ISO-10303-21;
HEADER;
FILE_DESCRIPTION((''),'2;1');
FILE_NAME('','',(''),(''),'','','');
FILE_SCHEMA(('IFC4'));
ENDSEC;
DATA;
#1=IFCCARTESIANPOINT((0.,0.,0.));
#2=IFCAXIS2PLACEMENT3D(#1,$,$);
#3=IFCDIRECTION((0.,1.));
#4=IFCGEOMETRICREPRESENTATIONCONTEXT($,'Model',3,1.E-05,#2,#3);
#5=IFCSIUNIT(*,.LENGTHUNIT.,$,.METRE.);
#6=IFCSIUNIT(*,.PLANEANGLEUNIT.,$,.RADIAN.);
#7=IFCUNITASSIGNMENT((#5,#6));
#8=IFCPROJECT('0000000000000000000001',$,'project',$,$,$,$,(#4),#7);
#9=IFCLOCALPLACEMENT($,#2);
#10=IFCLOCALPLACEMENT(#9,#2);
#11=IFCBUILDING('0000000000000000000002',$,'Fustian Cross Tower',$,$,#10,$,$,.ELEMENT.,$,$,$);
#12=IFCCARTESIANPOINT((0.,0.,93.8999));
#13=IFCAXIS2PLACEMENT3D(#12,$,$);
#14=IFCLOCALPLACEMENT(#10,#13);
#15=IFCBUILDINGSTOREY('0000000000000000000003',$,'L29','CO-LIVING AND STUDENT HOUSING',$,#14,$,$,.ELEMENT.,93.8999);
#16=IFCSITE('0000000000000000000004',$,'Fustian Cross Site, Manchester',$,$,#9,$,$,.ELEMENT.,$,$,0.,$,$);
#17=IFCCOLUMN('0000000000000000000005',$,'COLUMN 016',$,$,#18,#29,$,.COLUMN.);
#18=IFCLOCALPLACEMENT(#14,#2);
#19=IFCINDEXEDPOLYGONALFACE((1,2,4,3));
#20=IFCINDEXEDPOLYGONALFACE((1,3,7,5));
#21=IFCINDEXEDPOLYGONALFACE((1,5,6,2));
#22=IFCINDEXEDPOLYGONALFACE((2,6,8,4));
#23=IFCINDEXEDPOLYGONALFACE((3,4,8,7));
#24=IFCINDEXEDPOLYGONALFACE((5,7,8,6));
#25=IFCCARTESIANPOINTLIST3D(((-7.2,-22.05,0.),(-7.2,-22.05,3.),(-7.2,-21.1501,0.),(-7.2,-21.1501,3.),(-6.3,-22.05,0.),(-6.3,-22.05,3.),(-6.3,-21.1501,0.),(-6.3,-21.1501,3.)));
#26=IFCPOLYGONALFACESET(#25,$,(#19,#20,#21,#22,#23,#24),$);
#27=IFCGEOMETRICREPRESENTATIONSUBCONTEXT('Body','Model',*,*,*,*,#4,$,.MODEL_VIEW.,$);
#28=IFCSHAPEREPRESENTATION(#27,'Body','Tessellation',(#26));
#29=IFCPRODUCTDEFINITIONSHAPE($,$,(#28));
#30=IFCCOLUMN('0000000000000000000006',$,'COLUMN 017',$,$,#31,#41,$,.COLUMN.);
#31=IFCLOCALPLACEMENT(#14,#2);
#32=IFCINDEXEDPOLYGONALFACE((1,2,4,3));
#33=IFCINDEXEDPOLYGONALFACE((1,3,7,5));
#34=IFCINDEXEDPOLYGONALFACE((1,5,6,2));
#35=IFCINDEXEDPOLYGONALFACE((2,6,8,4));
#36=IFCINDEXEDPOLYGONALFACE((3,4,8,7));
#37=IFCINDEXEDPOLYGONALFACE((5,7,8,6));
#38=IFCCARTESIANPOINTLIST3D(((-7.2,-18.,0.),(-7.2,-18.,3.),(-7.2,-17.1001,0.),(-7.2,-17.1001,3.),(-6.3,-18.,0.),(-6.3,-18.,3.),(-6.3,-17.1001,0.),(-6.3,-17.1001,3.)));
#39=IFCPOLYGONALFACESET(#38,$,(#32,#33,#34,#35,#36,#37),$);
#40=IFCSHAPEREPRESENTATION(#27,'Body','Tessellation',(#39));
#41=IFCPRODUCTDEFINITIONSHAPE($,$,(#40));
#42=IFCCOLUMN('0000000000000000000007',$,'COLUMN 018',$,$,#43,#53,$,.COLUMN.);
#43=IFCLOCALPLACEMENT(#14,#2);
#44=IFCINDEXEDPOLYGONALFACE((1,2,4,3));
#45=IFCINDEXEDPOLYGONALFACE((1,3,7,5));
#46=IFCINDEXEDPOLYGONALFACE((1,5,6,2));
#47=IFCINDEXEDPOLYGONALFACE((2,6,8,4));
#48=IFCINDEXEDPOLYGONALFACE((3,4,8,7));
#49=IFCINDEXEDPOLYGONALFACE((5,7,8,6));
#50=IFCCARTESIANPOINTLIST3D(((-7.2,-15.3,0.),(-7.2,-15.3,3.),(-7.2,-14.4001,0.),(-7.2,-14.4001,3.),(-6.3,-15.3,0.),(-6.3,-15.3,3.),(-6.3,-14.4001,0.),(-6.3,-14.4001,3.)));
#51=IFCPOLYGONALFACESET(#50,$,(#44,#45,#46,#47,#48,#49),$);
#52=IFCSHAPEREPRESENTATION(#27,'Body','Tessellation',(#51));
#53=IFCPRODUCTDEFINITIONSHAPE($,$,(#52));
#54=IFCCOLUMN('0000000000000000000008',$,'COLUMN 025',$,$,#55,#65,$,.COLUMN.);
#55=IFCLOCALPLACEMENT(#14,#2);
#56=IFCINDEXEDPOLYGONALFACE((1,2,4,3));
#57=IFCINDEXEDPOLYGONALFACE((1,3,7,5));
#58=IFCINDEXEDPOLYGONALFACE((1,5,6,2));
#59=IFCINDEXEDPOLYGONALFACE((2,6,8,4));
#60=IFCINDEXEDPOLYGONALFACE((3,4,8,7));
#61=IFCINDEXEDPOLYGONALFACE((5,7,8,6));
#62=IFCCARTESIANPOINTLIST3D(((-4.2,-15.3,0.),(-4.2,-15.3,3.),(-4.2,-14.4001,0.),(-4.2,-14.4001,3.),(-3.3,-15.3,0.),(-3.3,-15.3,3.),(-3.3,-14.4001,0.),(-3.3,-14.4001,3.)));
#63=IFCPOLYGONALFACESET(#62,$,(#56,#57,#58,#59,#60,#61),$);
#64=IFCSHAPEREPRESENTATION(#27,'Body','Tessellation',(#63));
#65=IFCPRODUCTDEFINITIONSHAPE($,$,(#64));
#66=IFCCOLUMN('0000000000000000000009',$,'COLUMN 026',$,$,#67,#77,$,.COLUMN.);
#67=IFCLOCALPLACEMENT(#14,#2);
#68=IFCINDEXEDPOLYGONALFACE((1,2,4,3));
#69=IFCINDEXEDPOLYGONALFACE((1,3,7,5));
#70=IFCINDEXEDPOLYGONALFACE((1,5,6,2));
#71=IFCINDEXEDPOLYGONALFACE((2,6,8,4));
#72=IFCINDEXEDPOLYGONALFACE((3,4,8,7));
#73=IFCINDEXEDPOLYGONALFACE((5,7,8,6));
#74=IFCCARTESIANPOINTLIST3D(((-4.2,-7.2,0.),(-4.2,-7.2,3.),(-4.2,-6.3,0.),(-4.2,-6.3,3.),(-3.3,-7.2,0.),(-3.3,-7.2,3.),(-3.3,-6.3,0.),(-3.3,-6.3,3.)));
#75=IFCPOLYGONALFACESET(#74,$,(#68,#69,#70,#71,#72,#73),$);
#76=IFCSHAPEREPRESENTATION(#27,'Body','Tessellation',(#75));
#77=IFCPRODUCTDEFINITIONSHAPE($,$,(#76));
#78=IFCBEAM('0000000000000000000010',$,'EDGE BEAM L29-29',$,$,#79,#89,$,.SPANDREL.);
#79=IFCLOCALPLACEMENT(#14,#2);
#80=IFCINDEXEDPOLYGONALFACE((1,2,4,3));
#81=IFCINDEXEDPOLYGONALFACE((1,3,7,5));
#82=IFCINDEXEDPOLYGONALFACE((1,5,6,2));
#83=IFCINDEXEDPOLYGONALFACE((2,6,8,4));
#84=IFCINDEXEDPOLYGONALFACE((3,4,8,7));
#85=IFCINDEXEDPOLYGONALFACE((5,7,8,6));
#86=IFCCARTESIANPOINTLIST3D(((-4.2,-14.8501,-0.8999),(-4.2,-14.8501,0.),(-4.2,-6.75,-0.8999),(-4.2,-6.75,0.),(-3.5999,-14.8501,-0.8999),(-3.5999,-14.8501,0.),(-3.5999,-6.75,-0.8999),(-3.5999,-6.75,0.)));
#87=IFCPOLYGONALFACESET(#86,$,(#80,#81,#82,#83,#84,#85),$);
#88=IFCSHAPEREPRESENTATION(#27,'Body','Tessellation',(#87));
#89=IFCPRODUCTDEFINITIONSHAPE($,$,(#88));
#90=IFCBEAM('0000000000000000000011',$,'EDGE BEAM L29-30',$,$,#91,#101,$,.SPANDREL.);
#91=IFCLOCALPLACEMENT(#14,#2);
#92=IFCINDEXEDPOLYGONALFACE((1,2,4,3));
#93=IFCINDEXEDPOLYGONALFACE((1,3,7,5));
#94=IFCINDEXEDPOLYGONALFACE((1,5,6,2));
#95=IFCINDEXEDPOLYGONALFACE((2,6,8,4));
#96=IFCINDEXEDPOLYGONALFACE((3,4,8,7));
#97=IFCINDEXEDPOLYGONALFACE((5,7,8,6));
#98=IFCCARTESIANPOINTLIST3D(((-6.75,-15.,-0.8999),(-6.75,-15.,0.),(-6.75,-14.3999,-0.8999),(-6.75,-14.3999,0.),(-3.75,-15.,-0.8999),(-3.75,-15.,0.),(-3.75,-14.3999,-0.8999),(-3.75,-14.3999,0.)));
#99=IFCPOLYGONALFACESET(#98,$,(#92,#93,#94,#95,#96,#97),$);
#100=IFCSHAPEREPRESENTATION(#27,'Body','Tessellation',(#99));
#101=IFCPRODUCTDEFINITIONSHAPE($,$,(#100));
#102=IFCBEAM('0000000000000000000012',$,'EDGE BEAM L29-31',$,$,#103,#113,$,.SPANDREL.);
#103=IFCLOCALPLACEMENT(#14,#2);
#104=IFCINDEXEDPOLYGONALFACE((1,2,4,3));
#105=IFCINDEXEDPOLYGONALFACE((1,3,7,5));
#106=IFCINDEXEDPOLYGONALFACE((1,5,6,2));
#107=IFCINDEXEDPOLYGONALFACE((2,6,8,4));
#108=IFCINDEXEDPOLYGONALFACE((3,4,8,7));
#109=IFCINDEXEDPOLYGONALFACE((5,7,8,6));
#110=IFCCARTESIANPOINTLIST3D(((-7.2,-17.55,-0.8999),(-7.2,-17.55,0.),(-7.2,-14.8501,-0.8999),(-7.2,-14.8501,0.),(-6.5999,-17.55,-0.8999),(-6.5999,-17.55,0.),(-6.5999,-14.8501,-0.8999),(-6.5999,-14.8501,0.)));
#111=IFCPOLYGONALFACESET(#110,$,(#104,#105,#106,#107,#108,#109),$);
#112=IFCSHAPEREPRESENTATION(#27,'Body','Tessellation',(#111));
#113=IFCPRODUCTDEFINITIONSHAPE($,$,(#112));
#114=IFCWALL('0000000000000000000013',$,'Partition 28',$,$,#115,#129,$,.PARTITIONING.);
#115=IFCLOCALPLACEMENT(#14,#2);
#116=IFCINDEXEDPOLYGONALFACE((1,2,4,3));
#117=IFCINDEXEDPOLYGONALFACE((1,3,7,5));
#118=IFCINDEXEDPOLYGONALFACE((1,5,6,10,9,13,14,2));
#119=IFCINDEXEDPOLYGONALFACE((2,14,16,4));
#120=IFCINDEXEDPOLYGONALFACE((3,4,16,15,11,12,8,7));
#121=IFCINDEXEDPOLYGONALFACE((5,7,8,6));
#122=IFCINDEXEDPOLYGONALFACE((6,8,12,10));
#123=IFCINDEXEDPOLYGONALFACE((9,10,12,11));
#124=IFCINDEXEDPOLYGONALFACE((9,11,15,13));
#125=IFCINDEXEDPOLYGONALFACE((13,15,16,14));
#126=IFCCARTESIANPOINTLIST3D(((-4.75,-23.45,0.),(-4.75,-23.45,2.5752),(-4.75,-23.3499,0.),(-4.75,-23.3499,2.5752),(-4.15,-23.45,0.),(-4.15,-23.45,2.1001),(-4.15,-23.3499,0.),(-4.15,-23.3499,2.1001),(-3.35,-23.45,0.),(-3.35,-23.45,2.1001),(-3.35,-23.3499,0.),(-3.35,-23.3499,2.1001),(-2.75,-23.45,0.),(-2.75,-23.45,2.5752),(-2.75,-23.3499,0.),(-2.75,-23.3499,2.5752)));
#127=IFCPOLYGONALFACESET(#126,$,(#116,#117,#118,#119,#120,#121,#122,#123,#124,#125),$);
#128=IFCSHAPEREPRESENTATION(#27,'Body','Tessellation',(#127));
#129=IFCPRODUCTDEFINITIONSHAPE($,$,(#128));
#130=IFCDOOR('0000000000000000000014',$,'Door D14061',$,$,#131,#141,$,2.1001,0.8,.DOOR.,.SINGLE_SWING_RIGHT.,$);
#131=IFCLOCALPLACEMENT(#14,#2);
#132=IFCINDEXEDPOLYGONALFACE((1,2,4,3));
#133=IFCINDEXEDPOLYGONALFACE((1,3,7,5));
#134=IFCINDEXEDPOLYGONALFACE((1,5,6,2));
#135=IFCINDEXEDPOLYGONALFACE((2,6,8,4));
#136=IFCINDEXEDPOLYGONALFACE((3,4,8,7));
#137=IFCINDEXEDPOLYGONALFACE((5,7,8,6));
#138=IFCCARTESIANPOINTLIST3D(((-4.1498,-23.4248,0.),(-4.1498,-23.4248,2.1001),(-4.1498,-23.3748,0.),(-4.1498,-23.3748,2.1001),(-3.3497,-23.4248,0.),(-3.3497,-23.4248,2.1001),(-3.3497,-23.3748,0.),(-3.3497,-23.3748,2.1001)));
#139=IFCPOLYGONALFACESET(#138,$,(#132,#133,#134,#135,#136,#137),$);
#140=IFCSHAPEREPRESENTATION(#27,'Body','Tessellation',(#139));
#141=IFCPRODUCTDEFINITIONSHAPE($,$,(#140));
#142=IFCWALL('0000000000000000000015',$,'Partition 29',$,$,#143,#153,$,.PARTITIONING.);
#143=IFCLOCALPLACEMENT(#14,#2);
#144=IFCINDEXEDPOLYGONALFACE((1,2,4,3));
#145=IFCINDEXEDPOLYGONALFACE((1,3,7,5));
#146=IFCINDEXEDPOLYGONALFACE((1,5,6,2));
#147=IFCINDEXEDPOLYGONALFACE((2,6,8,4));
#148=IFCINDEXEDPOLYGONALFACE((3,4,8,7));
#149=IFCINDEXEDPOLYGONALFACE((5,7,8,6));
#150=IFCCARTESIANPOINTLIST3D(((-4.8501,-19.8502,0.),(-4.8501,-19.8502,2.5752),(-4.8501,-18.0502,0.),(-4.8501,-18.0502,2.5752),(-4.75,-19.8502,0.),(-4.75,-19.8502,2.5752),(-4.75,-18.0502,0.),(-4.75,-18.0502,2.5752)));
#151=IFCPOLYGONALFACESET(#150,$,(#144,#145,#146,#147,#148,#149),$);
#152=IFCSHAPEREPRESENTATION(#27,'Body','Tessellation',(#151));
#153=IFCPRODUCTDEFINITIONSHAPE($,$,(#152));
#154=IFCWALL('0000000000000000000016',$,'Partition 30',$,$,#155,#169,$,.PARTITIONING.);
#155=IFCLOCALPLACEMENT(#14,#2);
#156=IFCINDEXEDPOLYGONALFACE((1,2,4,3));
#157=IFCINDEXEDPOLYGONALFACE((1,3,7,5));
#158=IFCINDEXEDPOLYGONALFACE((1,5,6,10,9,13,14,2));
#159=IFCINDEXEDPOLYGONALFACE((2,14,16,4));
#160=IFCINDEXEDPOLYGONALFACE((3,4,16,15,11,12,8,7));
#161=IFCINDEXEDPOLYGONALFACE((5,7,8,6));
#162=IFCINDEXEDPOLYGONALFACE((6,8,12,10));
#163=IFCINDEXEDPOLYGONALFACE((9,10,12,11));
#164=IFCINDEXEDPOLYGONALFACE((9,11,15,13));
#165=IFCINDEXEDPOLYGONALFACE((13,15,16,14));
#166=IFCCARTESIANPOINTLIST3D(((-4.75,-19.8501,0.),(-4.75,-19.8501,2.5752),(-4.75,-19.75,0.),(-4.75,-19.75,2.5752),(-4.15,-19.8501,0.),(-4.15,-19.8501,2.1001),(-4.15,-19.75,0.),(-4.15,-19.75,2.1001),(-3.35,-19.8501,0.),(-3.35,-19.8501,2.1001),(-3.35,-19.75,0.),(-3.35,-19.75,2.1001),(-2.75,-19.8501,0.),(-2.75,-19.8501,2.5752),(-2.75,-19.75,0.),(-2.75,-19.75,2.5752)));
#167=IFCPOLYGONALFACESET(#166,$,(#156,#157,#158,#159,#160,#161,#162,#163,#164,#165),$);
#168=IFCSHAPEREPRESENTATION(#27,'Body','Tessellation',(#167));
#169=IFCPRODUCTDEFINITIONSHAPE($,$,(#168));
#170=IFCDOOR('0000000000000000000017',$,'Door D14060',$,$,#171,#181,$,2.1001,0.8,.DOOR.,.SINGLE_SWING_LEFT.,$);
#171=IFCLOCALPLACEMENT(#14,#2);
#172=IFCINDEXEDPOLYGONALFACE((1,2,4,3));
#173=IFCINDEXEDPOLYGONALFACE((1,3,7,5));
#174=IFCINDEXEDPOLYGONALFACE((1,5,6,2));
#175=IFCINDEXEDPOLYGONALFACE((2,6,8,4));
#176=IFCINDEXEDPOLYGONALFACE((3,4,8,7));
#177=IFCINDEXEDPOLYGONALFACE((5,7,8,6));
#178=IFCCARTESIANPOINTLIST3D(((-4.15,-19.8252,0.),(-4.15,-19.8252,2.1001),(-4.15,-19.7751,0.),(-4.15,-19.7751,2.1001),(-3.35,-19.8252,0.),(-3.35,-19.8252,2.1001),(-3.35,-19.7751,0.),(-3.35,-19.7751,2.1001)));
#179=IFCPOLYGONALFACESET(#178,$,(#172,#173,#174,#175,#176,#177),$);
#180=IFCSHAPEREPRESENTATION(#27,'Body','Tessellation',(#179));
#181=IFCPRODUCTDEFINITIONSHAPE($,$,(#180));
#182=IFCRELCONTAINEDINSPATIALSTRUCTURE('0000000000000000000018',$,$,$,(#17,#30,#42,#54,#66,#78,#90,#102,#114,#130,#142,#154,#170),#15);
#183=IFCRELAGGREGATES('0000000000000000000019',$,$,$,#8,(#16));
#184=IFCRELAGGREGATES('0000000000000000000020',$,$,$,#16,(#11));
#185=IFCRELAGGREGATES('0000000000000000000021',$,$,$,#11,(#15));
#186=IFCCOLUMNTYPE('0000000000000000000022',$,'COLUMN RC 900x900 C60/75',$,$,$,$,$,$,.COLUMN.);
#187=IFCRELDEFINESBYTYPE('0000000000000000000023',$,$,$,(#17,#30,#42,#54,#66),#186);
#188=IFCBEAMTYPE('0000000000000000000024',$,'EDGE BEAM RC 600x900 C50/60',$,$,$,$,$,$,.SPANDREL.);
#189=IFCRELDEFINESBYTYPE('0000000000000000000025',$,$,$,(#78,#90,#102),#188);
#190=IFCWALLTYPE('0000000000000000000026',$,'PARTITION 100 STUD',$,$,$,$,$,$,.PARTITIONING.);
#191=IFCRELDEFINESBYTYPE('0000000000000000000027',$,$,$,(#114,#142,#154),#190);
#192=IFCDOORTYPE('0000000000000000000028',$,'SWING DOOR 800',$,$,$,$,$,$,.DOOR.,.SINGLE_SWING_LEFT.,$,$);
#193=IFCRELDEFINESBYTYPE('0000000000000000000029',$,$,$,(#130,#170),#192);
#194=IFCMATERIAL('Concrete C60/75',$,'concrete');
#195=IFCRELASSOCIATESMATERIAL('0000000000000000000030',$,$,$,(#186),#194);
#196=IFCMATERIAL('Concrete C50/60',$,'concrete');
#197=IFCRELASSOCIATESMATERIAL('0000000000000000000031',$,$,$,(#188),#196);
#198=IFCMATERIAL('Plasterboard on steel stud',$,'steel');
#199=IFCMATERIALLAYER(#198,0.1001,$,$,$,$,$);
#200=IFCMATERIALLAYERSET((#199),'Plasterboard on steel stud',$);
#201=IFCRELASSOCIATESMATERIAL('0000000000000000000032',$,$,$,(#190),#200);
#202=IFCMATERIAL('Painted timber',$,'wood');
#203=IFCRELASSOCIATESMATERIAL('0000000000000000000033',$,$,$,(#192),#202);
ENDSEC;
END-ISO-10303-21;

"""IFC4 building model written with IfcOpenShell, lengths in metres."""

from ifc_helpers import new_model, si_unit, direction, frame, frame_2d, origin, origin_2d, place, context, subcontext, project, spatial, rectangle, extrude, material, layer, layer_set, material_profile, profile_set, type_object, element, fill, save


model = new_model("IFC4")

# Units and contexts
model_context = context("Model", 3, precision=1e-05, world=origin(), true_north=direction((0.0, 1.0)))
body_context = subcontext(model_context, "Body", "Model", "MODEL_VIEW")
ifc_project = project(units=[si_unit("LENGTHUNIT", "METRE"), si_unit("PLANEANGLEUNIT", "RADIAN")], contexts=[model_context])

# Site, building, storey
site_placement = place(None, origin())
site = spatial("IfcSite", under=ifc_project, at=site_placement, Name="Fustian Cross Site, Manchester", CompositionType="ELEMENT", RefElevation=0.0)
building_placement = place(site_placement, origin())
building = spatial("IfcBuilding", under=site, at=building_placement, Name="Fustian Cross Tower", CompositionType="ELEMENT")
storey_placement = place(building_placement, frame((0.0, 0.0, 93.8999)))
storey = spatial("IfcBuildingStorey", under=building, at=storey_placement, Name="L29", Description="CO-LIVING AND STUDENT HOUSING", CompositionType="ELEMENT", Elevation=93.8999)

# Columns
ifc_material_1 = material(Name="Concrete C60/75", Category="concrete")
ifc_material_profile_1 = material_profile(ifc_material_1, rectangle(XDim=0.8999, YDim=0.8999, at=origin_2d()), Name="RC 900x900")
ifc_profile_set_1 = profile_set([ifc_material_profile_1], Name="Concrete C60/75")
column_type = type_object("IfcColumnType", Name="COLUMN RC 900x900 C60/75", PredefinedType="COLUMN", material=ifc_profile_set_1)
for number, where, z_axis, x_axis, name in (
    (1, (-6.75, -21.6001, 0.0), (0.0, 0.0, 1.0), (1.0, 0.0, 0.0), "COLUMN 016"),
    (2, (-6.75, -17.55, 0.0), (0.0, 0.0, 1.0), (1.0, 0.0, 0.0), "COLUMN 017"),
    (3, (-6.75, -14.8501, 0.0), (0.0, 0.0, 1.0), (1.0, 0.0, 0.0), "COLUMN 018"),
    (4, (-3.75, -14.8501, 0.0), (0.0, 0.0, 1.0), (1.0, 0.0, 0.0), "COLUMN 025"),
    (5, (-3.75, -6.75, 0.0), (0.0, 0.0, 1.0), (1.0, 0.0, 0.0), "COLUMN 026"),
):
    element("IfcColumn", number, at=place(storey_placement, frame(where, z_axis=z_axis, x_axis=x_axis)), inside=storey, type_object=column_type, Name=name, PredefinedType="COLUMN", context=body_context, shape_type="SweptSolid", body=[
        extrude(rectangle(XDim=0.8999, YDim=0.8999, at=origin_2d()), origin(), (0.0, 0.0, 1.0), 3.0),
    ])

# Beams
ifc_material_2 = material(Name="Concrete C50/60", Category="concrete")
ifc_material_profile_2 = material_profile(ifc_material_2, rectangle(XDim=0.6001, YDim=0.8999, at=origin_2d()), Name="RC 600x900")
ifc_profile_set_2 = profile_set([ifc_material_profile_2], Name="Concrete C50/60")
beam_type = type_object("IfcBeamType", Name="EDGE BEAM RC 600x900 C50/60", PredefinedType="SPANDREL", material=ifc_profile_set_2)
beam_1_placement = place(storey_placement, frame((-3.8999, -6.75, -0.45), z_axis=(0.0, -1.0, 0.0), x_axis=(1.0, 0.0, 0.0)))
element("IfcBeam", 6, at=beam_1_placement, inside=storey, type_object=beam_type, Name="EDGE BEAM L29-29", PredefinedType="SPANDREL", context=body_context, shape_type="SweptSolid", body=[
    extrude(rectangle(XDim=0.6001, YDim=0.8999, at=origin_2d()), origin(), (0.0, 0.0, 1.0), 8.1001),
])
beam_2_placement = place(storey_placement, frame((-3.75, -14.7, -0.45), z_axis=(-1.0, 0.0, 0.0), x_axis=(0.0, -1.0, 0.0)))
element("IfcBeam", 7, at=beam_2_placement, inside=storey, type_object=beam_type, Name="EDGE BEAM L29-30", PredefinedType="SPANDREL", context=body_context, shape_type="SweptSolid", body=[
    extrude(rectangle(XDim=0.6001, YDim=0.8999, at=origin_2d()), origin(), (0.0, 0.0, 1.0), 3.0),
])
beam_3_placement = place(storey_placement, frame((-6.8999, -14.8501, -0.45), z_axis=(0.0, -1.0, 0.0), x_axis=(1.0, 0.0, 0.0)))
element("IfcBeam", 8, at=beam_3_placement, inside=storey, type_object=beam_type, Name="EDGE BEAM L29-31", PredefinedType="SPANDREL", context=body_context, shape_type="SweptSolid", body=[
    extrude(rectangle(XDim=0.6001, YDim=0.8999, at=origin_2d()), origin(), (0.0, 0.0, 1.0), 2.7),
])

# Wall, opening, door
ifc_material_3 = material(Name="Plasterboard on steel stud", Category="steel")
ifc_layer_1 = layer(ifc_material_3, 0.1001)
ifc_layer_set_1 = layer_set([ifc_layer_1], Name="Plasterboard on steel stud")
wall_type_1 = type_object("IfcWallType", Name="PARTITION 100 STUD", PredefinedType="PARTITIONING", material=ifc_layer_set_1)
wall_1_placement = place(storey_placement, frame((-4.75, -23.3999, 0.0), z_axis=(0.0, 0.0, 1.0), x_axis=(1.0, 0.0, 0.0)))
wall_1 = element("IfcWall", 9, at=wall_1_placement, inside=storey, type_object=wall_type_1, Name="Partition 28", PredefinedType="PARTITIONING", context=body_context, shape_type="SweptSolid", body=[
    extrude(rectangle(XDim=2.0, YDim=0.1001, at=frame_2d((1.0, 0.0))), origin(), (0.0, 0.0, 1.0), 2.5752),
])
opening_1_placement = place(wall_1_placement, frame((0.6001, 0.0, 0.0)))
opening_1 = element("IfcOpeningElement", 10, at=opening_1_placement, cuts=wall_1, PredefinedType="OPENING", context=body_context, shape_type="SweptSolid", body=[
    extrude(rectangle(XDim=0.8, YDim=2.1001, at=frame_2d((0.3999, 1.05))), frame((0.0, 0.0601, 0.0), z_axis=(0.0, -1.0, 0.0), x_axis=(1.0, 0.0, 0.0)), (0.0, 0.0, 1.0), 0.1201),
])
ifc_material_4 = material(Name="Painted timber", Category="wood")
door_type_1 = type_object("IfcDoorType", Name="SWING DOOR 800", OperationType="SINGLE_SWING_LEFT", PredefinedType="DOOR", material=ifc_material_4)
door_1_placement = place(opening_1_placement, frame((0.8, 0.0, 0.0), z_axis=(0.0, 0.0, 1.0), x_axis=(-1.0, 0.0, 0.0)))
door_1 = element("IfcDoor", 11, at=door_1_placement, inside=storey, type_object=door_type_1, Name="Door D14061", OperationType="SINGLE_SWING_RIGHT", OverallHeight=2.1001, OverallWidth=0.8, PredefinedType="DOOR", context=body_context, shape_type="SweptSolid", body=[
    extrude(rectangle(XDim=0.8, YDim=2.1001, at=frame_2d((0.3999, 1.05))), frame((0.0, 0.0249, 0.0), z_axis=(0.0, -1.0, 0.0), x_axis=(1.0, 0.0, 0.0)), (0.0, 0.0, 1.0), 0.05),
])
fill(opening_1, door_1)

# Wall
wall_2_placement = place(storey_placement, frame((-4.8, -19.8501, 0.0), z_axis=(0.0, 0.0, 1.0), x_axis=(0.0, 1.0, 0.0)))
element("IfcWall", 12, at=wall_2_placement, inside=storey, type_object=wall_type_1, Name="Partition 29", PredefinedType="PARTITIONING", context=body_context, shape_type="SweptSolid", body=[
    extrude(rectangle(XDim=1.8, YDim=0.1001, at=frame_2d((0.8999, 0.0))), origin(), (0.0, 0.0, 1.0), 2.5752),
])

# Wall, opening, door
wall_3_placement = place(storey_placement, frame((-4.75, -19.8, 0.0), z_axis=(0.0, 0.0, 1.0), x_axis=(1.0, 0.0, 0.0)))
wall_3 = element("IfcWall", 13, at=wall_3_placement, inside=storey, type_object=wall_type_1, Name="Partition 30", PredefinedType="PARTITIONING", context=body_context, shape_type="SweptSolid", body=[
    extrude(rectangle(XDim=2.0, YDim=0.1001, at=frame_2d((1.0, 0.0))), origin(), (0.0, 0.0, 1.0), 2.5752),
])
opening_2_placement = place(wall_3_placement, frame((0.6001, 0.0, 0.0)))
opening_2 = element("IfcOpeningElement", 14, at=opening_2_placement, cuts=wall_3, PredefinedType="OPENING", context=body_context, shape_type="SweptSolid", body=[
    extrude(rectangle(XDim=0.8, YDim=2.1001, at=frame_2d((0.3999, 1.05))), frame((0.0, 0.0601, 0.0), z_axis=(0.0, -1.0, 0.0), x_axis=(1.0, 0.0, 0.0)), (0.0, 0.0, 1.0), 0.1201),
])
door_2_placement = place(opening_2_placement, origin())
door_2 = element("IfcDoor", 15, at=door_2_placement, inside=storey, type_object=door_type_1, Name="Door D14060", OperationType="SINGLE_SWING_LEFT", OverallHeight=2.1001, OverallWidth=0.8, PredefinedType="DOOR", context=body_context, shape_type="SweptSolid", body=[
    extrude(rectangle(XDim=0.8, YDim=2.1001, at=frame_2d((0.3999, 1.05))), frame((0.0, 0.0249, 0.0), z_axis=(0.0, -1.0, 0.0), x_axis=(1.0, 0.0, 0.0)), (0.0, 0.0, 1.0), 0.05),
])
fill(opening_2, door_2)

save(model, "model.ifc")
